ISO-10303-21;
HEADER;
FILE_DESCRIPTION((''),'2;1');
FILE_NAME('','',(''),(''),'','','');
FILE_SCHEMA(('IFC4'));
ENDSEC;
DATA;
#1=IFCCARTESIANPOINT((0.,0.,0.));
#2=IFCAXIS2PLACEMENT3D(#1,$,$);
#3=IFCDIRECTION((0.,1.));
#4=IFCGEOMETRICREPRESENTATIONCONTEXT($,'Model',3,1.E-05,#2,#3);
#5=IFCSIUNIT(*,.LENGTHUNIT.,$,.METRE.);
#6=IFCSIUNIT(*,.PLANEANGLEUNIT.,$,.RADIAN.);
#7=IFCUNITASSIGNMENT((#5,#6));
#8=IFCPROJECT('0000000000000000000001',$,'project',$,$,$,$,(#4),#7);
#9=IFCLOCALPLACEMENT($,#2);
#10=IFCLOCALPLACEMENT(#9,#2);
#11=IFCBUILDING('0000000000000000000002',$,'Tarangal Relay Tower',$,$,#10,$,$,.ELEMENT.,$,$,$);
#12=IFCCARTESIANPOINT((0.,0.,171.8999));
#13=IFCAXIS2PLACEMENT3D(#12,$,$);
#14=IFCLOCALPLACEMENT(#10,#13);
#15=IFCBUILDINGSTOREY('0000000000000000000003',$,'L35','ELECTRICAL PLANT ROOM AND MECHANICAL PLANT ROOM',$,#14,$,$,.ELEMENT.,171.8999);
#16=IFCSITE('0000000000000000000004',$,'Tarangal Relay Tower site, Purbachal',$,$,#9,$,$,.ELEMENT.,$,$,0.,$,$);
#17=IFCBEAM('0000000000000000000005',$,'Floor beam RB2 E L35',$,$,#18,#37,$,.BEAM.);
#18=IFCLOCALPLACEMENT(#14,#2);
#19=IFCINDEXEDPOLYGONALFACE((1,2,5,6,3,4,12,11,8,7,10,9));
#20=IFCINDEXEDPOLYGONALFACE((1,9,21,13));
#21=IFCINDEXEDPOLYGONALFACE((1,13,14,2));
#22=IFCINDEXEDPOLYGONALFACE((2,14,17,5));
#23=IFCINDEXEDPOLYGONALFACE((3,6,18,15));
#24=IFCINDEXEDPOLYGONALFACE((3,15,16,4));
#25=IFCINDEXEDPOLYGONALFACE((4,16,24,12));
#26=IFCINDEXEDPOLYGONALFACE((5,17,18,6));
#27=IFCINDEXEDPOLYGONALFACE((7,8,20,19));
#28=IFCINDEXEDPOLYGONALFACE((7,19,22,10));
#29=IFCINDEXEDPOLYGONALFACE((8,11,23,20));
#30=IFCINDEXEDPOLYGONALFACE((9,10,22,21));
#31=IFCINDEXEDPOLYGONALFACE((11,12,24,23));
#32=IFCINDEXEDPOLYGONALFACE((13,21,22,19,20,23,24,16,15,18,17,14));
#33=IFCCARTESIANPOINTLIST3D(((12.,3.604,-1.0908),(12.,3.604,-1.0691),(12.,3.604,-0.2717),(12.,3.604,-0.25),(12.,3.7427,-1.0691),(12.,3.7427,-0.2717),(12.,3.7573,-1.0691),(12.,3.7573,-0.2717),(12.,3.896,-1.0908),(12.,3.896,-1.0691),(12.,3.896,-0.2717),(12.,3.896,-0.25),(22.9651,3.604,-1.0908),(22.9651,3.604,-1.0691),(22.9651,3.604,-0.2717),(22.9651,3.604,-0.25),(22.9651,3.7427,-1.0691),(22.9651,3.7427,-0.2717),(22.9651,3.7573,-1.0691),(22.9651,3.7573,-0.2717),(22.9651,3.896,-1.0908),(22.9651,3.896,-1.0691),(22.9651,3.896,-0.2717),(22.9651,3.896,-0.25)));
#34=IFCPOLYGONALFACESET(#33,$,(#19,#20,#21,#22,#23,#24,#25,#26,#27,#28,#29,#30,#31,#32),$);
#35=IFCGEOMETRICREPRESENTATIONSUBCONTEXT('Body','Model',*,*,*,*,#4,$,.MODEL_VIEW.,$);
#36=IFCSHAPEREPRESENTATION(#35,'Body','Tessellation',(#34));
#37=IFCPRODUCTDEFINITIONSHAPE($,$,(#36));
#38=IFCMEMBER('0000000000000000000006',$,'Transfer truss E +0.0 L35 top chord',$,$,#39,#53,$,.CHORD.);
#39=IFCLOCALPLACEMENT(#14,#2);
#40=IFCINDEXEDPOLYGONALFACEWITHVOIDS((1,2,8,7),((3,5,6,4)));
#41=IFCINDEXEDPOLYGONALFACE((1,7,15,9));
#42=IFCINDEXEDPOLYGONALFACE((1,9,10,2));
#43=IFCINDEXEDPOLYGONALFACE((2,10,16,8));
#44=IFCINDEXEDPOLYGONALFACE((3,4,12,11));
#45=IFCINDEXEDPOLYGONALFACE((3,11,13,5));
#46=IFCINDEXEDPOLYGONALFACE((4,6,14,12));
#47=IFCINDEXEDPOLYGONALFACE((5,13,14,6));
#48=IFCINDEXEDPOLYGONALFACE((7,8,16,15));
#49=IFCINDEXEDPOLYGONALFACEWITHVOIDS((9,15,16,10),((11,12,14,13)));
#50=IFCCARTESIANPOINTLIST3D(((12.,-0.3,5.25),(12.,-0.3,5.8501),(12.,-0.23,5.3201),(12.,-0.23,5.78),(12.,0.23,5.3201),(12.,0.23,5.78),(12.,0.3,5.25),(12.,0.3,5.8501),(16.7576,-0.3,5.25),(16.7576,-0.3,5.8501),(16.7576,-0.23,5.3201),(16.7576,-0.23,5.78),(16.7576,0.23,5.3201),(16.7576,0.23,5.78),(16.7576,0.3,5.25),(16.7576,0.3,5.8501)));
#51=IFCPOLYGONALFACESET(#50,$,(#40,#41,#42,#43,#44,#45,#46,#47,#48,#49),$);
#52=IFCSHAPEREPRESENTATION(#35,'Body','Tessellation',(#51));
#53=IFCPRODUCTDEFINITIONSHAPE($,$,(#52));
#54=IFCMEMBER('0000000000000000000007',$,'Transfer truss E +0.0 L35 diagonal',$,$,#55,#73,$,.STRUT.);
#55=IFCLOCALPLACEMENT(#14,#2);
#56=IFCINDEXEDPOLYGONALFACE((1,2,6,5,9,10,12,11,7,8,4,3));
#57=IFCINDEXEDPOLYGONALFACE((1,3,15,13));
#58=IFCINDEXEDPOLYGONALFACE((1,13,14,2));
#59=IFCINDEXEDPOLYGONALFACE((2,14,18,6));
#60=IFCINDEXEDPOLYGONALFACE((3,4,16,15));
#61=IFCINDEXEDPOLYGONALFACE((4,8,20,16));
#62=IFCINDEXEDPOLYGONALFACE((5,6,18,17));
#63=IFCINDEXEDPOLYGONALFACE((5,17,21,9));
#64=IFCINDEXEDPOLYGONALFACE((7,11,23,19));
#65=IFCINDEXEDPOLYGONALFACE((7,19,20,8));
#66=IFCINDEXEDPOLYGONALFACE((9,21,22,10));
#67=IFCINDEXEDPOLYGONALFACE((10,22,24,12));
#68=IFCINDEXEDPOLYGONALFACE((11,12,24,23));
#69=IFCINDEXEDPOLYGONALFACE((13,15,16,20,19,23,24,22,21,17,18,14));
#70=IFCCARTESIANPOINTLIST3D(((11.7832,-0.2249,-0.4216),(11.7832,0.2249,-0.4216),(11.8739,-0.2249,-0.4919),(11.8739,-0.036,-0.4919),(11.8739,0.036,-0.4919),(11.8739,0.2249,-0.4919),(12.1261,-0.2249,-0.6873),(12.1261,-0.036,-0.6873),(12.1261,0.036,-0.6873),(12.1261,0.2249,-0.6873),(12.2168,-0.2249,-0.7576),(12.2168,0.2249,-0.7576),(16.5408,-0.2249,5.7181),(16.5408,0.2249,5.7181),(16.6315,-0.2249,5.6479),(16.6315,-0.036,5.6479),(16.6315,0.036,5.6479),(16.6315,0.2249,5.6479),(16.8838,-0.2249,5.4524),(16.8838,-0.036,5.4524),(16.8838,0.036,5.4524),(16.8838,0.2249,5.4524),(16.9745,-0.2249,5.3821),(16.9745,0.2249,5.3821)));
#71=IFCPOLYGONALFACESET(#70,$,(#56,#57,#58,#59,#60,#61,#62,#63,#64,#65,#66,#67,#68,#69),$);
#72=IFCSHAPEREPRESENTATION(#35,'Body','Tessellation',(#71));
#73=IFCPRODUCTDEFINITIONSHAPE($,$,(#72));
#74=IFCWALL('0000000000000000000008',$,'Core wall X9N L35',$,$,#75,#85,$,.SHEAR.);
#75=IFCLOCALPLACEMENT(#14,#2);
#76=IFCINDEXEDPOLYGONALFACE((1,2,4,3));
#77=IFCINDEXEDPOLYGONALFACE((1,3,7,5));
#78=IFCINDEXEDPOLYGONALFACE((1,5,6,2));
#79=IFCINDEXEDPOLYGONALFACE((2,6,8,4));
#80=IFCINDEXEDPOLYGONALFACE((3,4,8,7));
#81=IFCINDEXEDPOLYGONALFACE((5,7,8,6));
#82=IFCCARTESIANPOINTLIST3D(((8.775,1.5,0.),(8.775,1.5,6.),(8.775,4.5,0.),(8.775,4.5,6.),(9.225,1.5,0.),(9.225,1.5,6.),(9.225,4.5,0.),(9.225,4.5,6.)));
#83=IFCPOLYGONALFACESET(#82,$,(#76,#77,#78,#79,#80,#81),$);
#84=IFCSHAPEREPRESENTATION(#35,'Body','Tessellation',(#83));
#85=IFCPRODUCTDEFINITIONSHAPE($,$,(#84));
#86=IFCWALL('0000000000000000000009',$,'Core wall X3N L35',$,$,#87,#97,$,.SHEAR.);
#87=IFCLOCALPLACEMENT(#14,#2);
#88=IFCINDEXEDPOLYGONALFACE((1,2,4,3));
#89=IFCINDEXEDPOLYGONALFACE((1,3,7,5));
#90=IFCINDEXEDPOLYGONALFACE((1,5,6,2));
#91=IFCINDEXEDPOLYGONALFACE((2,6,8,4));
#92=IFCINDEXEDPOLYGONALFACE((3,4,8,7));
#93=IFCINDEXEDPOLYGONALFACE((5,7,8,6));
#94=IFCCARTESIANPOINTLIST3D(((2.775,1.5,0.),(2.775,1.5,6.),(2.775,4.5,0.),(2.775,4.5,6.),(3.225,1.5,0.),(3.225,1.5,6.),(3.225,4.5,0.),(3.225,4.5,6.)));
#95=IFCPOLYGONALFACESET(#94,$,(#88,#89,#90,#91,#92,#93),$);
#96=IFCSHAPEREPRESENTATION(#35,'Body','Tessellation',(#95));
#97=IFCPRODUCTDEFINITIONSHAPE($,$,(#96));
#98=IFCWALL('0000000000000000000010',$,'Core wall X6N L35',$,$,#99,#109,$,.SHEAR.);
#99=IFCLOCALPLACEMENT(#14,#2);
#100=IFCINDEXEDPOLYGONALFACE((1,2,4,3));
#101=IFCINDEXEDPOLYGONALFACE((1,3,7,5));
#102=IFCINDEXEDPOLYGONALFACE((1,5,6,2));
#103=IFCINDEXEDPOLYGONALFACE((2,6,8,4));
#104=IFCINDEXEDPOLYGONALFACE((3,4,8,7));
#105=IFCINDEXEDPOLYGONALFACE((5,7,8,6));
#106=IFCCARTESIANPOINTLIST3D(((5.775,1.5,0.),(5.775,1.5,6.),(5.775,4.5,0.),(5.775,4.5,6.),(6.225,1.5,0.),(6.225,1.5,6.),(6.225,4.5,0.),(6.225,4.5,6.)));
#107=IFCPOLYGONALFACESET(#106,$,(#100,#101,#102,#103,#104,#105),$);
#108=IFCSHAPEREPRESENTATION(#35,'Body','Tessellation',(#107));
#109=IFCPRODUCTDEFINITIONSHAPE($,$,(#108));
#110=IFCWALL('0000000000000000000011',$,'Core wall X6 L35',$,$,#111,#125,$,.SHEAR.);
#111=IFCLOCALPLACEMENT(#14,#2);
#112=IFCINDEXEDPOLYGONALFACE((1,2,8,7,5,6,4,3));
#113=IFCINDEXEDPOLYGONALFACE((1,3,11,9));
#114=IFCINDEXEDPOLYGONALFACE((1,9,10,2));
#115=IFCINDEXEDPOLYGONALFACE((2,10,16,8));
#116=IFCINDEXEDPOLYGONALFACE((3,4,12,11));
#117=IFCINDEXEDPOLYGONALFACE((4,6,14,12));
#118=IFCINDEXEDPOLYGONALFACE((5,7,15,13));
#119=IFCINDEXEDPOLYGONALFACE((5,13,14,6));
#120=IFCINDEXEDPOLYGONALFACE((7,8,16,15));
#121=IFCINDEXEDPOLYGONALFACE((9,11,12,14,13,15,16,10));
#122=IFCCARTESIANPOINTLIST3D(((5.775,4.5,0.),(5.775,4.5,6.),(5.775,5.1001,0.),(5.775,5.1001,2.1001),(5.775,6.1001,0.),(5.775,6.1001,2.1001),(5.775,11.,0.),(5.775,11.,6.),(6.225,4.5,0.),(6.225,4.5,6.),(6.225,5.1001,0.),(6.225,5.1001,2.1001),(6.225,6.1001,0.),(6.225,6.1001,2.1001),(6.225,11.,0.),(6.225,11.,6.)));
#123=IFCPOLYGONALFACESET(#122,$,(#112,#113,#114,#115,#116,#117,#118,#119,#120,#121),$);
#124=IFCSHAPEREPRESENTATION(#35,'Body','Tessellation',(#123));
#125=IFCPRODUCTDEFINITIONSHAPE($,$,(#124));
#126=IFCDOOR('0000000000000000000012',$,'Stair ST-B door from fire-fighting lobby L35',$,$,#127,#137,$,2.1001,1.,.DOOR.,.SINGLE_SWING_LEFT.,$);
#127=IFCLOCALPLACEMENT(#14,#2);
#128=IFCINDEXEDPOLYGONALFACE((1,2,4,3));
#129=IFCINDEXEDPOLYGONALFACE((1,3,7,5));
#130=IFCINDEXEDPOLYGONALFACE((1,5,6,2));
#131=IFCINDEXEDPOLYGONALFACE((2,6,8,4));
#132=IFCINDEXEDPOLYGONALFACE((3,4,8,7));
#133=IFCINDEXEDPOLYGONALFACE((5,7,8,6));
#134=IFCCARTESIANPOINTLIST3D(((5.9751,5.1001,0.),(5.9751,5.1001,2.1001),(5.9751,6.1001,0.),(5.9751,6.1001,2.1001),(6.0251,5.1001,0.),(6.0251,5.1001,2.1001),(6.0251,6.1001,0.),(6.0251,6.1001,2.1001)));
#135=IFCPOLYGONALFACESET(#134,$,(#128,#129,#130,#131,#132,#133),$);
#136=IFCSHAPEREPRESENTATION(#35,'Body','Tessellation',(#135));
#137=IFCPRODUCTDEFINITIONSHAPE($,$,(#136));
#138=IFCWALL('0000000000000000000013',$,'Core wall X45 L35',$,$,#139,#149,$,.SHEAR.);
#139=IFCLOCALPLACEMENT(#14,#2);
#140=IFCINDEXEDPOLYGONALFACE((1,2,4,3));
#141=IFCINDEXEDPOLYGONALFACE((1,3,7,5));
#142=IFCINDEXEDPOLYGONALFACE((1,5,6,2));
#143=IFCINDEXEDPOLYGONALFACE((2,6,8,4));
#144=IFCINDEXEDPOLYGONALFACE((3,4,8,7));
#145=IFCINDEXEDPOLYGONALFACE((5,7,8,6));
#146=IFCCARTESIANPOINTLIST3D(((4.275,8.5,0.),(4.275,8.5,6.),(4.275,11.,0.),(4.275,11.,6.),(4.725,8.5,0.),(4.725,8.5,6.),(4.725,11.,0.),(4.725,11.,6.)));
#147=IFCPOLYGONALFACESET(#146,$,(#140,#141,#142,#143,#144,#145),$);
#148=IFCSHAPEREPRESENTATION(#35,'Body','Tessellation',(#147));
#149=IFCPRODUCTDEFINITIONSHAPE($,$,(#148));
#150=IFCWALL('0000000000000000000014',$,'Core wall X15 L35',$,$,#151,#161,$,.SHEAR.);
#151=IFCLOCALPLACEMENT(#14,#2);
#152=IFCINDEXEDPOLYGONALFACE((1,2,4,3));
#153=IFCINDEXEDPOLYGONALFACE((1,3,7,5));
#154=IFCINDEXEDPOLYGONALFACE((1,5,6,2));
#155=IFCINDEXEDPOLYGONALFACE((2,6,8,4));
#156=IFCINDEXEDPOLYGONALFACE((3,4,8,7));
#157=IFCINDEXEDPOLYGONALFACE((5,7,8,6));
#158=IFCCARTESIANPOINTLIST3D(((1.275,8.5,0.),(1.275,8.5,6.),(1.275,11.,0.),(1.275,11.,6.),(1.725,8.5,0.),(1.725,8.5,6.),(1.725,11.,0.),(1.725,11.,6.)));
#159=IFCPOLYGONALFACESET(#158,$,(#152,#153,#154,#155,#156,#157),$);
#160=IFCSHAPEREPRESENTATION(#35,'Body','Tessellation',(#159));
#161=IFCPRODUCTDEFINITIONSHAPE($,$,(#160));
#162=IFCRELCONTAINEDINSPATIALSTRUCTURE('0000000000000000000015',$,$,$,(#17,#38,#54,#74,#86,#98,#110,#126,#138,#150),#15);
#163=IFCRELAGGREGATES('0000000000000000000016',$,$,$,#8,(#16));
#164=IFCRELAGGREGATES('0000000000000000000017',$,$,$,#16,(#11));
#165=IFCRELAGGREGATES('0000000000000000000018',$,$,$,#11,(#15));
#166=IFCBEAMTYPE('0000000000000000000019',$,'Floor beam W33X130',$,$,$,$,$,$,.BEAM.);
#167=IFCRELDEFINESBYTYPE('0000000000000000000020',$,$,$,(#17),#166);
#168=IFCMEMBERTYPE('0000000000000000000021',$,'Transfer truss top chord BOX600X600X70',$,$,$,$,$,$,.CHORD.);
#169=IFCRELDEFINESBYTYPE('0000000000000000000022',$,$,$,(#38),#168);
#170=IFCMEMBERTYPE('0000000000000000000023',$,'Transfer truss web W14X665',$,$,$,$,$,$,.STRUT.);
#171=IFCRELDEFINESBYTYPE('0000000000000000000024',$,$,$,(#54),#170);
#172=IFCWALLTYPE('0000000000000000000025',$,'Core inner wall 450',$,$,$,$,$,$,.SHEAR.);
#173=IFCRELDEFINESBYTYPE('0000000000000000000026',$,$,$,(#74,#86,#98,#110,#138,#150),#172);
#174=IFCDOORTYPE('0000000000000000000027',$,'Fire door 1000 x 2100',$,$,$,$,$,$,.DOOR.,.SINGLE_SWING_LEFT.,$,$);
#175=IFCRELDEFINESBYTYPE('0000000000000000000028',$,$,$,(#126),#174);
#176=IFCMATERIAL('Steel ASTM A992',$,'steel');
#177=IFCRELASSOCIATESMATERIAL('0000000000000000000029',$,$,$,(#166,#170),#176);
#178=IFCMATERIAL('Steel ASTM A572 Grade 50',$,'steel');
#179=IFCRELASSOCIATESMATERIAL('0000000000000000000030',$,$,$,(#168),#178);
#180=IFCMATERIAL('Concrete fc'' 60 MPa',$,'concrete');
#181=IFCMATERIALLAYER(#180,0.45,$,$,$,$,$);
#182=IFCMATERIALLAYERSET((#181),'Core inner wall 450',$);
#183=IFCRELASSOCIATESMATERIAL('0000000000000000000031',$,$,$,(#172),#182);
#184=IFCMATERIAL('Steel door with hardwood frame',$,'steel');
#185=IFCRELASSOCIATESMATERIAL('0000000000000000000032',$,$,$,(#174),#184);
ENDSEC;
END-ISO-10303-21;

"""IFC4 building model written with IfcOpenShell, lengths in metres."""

from ifc_helpers import new_model, si_unit, direction, frame, frame_2d, origin, origin_2d, place, context, subcontext, project, spatial, rectangle, hollow_rectangle, i_section, extrude, material, layer, layer_set, material_profile, profile_set, type_object, element, fill, save


model = new_model("IFC4")

# Units and contexts
model_context = context("Model", 3, precision=1e-05, world=origin(), true_north=direction((0.0, 1.0)))
body_context = subcontext(model_context, "Body", "Model", "MODEL_VIEW")
ifc_project = project(units=[si_unit("LENGTHUNIT", "METRE"), si_unit("PLANEANGLEUNIT", "RADIAN")], contexts=[model_context])

# Site, building, storey
site_placement = place(None, origin())
site = spatial("IfcSite", under=ifc_project, at=site_placement, Name="Tarangal Relay Tower site, Purbachal", CompositionType="ELEMENT", RefElevation=0.0)
building_placement = place(site_placement, origin())
building = spatial("IfcBuilding", under=site, at=building_placement, Name="Tarangal Relay Tower", CompositionType="ELEMENT")
storey_placement = place(building_placement, frame((0.0, 0.0, 171.8999)))
storey = spatial("IfcBuildingStorey", under=building, at=storey_placement, Name="L35", Description="ELECTRICAL PLANT ROOM AND MECHANICAL PLANT ROOM", CompositionType="ELEMENT", Elevation=171.8999)

# Beam
ifc_material_1 = material(Name="Steel ASTM A992", Category="steel")
ifc_material_profile_1 = material_profile(ifc_material_1, i_section(OverallWidth=0.292, OverallDepth=0.8408, WebThickness=0.0146, FlangeThickness=0.0217, at=origin_2d()), Name="W33X130")
ifc_profile_set_1 = profile_set([ifc_material_profile_1], Name="Steel ASTM A992")
beam_type = type_object("IfcBeamType", Name="Floor beam W33X130", PredefinedType="BEAM", material=ifc_profile_set_1)
beam_placement = place(storey_placement, frame((12.0, 3.75, -0.6704), z_axis=(1.0, 0.0, 0.0), x_axis=(0.0, 1.0, 0.0)))
element("IfcBeam", 1, at=beam_placement, inside=storey, type_object=beam_type, Name="Floor beam RB2 E L35", PredefinedType="BEAM", context=body_context, shape_type="SweptSolid", body=[
    extrude(i_section(OverallWidth=0.292, OverallDepth=0.8408, WebThickness=0.0146, FlangeThickness=0.0217, at=origin_2d()), origin(), (0.0, 0.0, 1.0), 10.9651),
])

# Members
ifc_material_2 = material(Name="Steel ASTM A572 Grade 50", Category="steel")
ifc_material_profile_2 = material_profile(ifc_material_2, hollow_rectangle(XDim=0.6001, YDim=0.6001, WallThickness=0.0701, at=origin_2d()), Name="BOX600X600X70")
ifc_profile_set_2 = profile_set([ifc_material_profile_2], Name="Steel ASTM A572 Grade 50")
member_type_1 = type_object("IfcMemberType", Name="Transfer truss top chord BOX600X600X70", PredefinedType="CHORD", material=ifc_profile_set_2)
member_1_placement = place(storey_placement, frame((12.0, 0.0, 5.55), z_axis=(1.0, 0.0, 0.0), x_axis=(0.0, 1.0, 0.0)))
element("IfcMember", 2, at=member_1_placement, inside=storey, type_object=member_type_1, Name="Transfer truss E +0.0 L35 top chord", PredefinedType="CHORD", context=body_context, shape_type="SweptSolid", body=[
    extrude(hollow_rectangle(XDim=0.6001, YDim=0.6001, WallThickness=0.0701, at=origin_2d()), origin(), (0.0, 0.0, 1.0), 4.7576),
])
ifc_material_profile_3 = material_profile(ifc_material_1, i_section(OverallWidth=0.4497, OverallDepth=0.5486, WebThickness=0.072, FlangeThickness=0.1147, at=origin_2d()), Name="W14X665")
ifc_profile_set_3 = profile_set([ifc_material_profile_3], Name="Steel ASTM A992")
member_type_2 = type_object("IfcMemberType", Name="Transfer truss web W14X665", PredefinedType="STRUT", material=ifc_profile_set_3)
member_2_placement = place(storey_placement, frame((12.0, 0.0, -0.5896), z_axis=(0.612519, 0.0, 0.790456), x_axis=(0.0, 1.0, 0.0)))
element("IfcMember", 3, at=member_2_placement, inside=storey, type_object=member_type_2, Name="Transfer truss E +0.0 L35 diagonal", PredefinedType="STRUT", context=body_context, shape_type="SweptSolid", body=[
    extrude(i_section(OverallWidth=0.4497, OverallDepth=0.5486, WebThickness=0.072, FlangeThickness=0.1147, at=origin_2d()), origin(), (0.0, 0.0, 1.0), 7.7673),
])

# Walls
ifc_material_3 = material(Name="Concrete fc' 60 MPa", Category="concrete")
ifc_layer = layer(ifc_material_3, 0.45)
ifc_layer_set = layer_set([ifc_layer], Name="Core inner wall 450")
wall_type = type_object("IfcWallType", Name="Core inner wall 450", PredefinedType="SHEAR", material=ifc_layer_set)
for number, where, z_axis, x_axis, name in (
    (4, (9.0, 1.5, 0.0), (0.0, 0.0, 1.0), (0.0, 1.0, 0.0), "Core wall X9N L35"),
    (5, (3.0, 1.5, 0.0), (0.0, 0.0, 1.0), (0.0, 1.0, 0.0), "Core wall X3N L35"),
    (6, (6.0, 1.5, 0.0), (0.0, 0.0, 1.0), (0.0, 1.0, 0.0), "Core wall X6N L35"),
):
    element("IfcWall", number, at=place(storey_placement, frame(where, z_axis=z_axis, x_axis=x_axis)), inside=storey, type_object=wall_type, Name=name, PredefinedType="SHEAR", context=body_context, shape_type="SweptSolid", body=[
        extrude(rectangle(XDim=3.0, YDim=0.45, at=frame_2d((1.5, 0.0))), origin(), (0.0, 0.0, 1.0), 6.0),
    ])

# Wall, opening, door
wall_placement = place(storey_placement, frame((6.0, 4.5, 0.0), z_axis=(0.0, 0.0, 1.0), x_axis=(0.0, 1.0, 0.0)))
wall = element("IfcWall", 7, at=wall_placement, inside=storey, type_object=wall_type, Name="Core wall X6 L35", PredefinedType="SHEAR", context=body_context, shape_type="SweptSolid", body=[
    extrude(rectangle(XDim=6.5, YDim=0.45, at=frame_2d((3.25, 0.0))), origin(), (0.0, 0.0, 1.0), 6.0),
])
opening_placement = place(wall_placement, frame((0.6001, 0.0, 0.0)))
opening = element("IfcOpeningElement", 8, at=opening_placement, cuts=wall, PredefinedType="OPENING", context=body_context, shape_type="SweptSolid", body=[
    extrude(rectangle(XDim=1.0, YDim=2.1001, at=frame_2d((0.5, 1.05))), frame((0.0, 0.2349, 0.0), z_axis=(0.0, -1.0, 0.0), x_axis=(1.0, 0.0, 0.0)), (0.0, 0.0, 1.0), 0.47),
])
ifc_material_4 = material(Name="Steel door with hardwood frame", Category="steel")
door_type = type_object("IfcDoorType", Name="Fire door 1000 x 2100", OperationType="SINGLE_SWING_LEFT", PredefinedType="DOOR", material=ifc_material_4)
door_placement = place(opening_placement, origin())
door = element("IfcDoor", 9, at=door_placement, inside=storey, type_object=door_type, Name="Stair ST-B door from fire-fighting lobby L35", OperationType="SINGLE_SWING_LEFT", OverallHeight=2.1001, OverallWidth=1.0, PredefinedType="DOOR", context=body_context, shape_type="SweptSolid", body=[
    extrude(rectangle(XDim=1.0, YDim=2.1001, at=frame_2d((0.5, 1.05))), frame((0.0, 0.0249, 0.0), z_axis=(0.0, -1.0, 0.0), x_axis=(1.0, 0.0, 0.0)), (0.0, 0.0, 1.0), 0.05),
])
fill(opening, door)

# Walls
for number, where, z_axis, x_axis, name in (
    (10, (4.5, 8.5, 0.0), (0.0, 0.0, 1.0), (0.0, 1.0, 0.0), "Core wall X45 L35"),
    (11, (1.5, 8.5, 0.0), (0.0, 0.0, 1.0), (0.0, 1.0, 0.0), "Core wall X15 L35"),
):
    element("IfcWall", number, at=place(storey_placement, frame(where, z_axis=z_axis, x_axis=x_axis)), inside=storey, type_object=wall_type, Name=name, PredefinedType="SHEAR", context=body_context, shape_type="SweptSolid", body=[
        extrude(rectangle(XDim=2.5, YDim=0.45, at=frame_2d((1.25, 0.0))), origin(), (0.0, 0.0, 1.0), 6.0),
    ])

save(model, "model.ifc")
